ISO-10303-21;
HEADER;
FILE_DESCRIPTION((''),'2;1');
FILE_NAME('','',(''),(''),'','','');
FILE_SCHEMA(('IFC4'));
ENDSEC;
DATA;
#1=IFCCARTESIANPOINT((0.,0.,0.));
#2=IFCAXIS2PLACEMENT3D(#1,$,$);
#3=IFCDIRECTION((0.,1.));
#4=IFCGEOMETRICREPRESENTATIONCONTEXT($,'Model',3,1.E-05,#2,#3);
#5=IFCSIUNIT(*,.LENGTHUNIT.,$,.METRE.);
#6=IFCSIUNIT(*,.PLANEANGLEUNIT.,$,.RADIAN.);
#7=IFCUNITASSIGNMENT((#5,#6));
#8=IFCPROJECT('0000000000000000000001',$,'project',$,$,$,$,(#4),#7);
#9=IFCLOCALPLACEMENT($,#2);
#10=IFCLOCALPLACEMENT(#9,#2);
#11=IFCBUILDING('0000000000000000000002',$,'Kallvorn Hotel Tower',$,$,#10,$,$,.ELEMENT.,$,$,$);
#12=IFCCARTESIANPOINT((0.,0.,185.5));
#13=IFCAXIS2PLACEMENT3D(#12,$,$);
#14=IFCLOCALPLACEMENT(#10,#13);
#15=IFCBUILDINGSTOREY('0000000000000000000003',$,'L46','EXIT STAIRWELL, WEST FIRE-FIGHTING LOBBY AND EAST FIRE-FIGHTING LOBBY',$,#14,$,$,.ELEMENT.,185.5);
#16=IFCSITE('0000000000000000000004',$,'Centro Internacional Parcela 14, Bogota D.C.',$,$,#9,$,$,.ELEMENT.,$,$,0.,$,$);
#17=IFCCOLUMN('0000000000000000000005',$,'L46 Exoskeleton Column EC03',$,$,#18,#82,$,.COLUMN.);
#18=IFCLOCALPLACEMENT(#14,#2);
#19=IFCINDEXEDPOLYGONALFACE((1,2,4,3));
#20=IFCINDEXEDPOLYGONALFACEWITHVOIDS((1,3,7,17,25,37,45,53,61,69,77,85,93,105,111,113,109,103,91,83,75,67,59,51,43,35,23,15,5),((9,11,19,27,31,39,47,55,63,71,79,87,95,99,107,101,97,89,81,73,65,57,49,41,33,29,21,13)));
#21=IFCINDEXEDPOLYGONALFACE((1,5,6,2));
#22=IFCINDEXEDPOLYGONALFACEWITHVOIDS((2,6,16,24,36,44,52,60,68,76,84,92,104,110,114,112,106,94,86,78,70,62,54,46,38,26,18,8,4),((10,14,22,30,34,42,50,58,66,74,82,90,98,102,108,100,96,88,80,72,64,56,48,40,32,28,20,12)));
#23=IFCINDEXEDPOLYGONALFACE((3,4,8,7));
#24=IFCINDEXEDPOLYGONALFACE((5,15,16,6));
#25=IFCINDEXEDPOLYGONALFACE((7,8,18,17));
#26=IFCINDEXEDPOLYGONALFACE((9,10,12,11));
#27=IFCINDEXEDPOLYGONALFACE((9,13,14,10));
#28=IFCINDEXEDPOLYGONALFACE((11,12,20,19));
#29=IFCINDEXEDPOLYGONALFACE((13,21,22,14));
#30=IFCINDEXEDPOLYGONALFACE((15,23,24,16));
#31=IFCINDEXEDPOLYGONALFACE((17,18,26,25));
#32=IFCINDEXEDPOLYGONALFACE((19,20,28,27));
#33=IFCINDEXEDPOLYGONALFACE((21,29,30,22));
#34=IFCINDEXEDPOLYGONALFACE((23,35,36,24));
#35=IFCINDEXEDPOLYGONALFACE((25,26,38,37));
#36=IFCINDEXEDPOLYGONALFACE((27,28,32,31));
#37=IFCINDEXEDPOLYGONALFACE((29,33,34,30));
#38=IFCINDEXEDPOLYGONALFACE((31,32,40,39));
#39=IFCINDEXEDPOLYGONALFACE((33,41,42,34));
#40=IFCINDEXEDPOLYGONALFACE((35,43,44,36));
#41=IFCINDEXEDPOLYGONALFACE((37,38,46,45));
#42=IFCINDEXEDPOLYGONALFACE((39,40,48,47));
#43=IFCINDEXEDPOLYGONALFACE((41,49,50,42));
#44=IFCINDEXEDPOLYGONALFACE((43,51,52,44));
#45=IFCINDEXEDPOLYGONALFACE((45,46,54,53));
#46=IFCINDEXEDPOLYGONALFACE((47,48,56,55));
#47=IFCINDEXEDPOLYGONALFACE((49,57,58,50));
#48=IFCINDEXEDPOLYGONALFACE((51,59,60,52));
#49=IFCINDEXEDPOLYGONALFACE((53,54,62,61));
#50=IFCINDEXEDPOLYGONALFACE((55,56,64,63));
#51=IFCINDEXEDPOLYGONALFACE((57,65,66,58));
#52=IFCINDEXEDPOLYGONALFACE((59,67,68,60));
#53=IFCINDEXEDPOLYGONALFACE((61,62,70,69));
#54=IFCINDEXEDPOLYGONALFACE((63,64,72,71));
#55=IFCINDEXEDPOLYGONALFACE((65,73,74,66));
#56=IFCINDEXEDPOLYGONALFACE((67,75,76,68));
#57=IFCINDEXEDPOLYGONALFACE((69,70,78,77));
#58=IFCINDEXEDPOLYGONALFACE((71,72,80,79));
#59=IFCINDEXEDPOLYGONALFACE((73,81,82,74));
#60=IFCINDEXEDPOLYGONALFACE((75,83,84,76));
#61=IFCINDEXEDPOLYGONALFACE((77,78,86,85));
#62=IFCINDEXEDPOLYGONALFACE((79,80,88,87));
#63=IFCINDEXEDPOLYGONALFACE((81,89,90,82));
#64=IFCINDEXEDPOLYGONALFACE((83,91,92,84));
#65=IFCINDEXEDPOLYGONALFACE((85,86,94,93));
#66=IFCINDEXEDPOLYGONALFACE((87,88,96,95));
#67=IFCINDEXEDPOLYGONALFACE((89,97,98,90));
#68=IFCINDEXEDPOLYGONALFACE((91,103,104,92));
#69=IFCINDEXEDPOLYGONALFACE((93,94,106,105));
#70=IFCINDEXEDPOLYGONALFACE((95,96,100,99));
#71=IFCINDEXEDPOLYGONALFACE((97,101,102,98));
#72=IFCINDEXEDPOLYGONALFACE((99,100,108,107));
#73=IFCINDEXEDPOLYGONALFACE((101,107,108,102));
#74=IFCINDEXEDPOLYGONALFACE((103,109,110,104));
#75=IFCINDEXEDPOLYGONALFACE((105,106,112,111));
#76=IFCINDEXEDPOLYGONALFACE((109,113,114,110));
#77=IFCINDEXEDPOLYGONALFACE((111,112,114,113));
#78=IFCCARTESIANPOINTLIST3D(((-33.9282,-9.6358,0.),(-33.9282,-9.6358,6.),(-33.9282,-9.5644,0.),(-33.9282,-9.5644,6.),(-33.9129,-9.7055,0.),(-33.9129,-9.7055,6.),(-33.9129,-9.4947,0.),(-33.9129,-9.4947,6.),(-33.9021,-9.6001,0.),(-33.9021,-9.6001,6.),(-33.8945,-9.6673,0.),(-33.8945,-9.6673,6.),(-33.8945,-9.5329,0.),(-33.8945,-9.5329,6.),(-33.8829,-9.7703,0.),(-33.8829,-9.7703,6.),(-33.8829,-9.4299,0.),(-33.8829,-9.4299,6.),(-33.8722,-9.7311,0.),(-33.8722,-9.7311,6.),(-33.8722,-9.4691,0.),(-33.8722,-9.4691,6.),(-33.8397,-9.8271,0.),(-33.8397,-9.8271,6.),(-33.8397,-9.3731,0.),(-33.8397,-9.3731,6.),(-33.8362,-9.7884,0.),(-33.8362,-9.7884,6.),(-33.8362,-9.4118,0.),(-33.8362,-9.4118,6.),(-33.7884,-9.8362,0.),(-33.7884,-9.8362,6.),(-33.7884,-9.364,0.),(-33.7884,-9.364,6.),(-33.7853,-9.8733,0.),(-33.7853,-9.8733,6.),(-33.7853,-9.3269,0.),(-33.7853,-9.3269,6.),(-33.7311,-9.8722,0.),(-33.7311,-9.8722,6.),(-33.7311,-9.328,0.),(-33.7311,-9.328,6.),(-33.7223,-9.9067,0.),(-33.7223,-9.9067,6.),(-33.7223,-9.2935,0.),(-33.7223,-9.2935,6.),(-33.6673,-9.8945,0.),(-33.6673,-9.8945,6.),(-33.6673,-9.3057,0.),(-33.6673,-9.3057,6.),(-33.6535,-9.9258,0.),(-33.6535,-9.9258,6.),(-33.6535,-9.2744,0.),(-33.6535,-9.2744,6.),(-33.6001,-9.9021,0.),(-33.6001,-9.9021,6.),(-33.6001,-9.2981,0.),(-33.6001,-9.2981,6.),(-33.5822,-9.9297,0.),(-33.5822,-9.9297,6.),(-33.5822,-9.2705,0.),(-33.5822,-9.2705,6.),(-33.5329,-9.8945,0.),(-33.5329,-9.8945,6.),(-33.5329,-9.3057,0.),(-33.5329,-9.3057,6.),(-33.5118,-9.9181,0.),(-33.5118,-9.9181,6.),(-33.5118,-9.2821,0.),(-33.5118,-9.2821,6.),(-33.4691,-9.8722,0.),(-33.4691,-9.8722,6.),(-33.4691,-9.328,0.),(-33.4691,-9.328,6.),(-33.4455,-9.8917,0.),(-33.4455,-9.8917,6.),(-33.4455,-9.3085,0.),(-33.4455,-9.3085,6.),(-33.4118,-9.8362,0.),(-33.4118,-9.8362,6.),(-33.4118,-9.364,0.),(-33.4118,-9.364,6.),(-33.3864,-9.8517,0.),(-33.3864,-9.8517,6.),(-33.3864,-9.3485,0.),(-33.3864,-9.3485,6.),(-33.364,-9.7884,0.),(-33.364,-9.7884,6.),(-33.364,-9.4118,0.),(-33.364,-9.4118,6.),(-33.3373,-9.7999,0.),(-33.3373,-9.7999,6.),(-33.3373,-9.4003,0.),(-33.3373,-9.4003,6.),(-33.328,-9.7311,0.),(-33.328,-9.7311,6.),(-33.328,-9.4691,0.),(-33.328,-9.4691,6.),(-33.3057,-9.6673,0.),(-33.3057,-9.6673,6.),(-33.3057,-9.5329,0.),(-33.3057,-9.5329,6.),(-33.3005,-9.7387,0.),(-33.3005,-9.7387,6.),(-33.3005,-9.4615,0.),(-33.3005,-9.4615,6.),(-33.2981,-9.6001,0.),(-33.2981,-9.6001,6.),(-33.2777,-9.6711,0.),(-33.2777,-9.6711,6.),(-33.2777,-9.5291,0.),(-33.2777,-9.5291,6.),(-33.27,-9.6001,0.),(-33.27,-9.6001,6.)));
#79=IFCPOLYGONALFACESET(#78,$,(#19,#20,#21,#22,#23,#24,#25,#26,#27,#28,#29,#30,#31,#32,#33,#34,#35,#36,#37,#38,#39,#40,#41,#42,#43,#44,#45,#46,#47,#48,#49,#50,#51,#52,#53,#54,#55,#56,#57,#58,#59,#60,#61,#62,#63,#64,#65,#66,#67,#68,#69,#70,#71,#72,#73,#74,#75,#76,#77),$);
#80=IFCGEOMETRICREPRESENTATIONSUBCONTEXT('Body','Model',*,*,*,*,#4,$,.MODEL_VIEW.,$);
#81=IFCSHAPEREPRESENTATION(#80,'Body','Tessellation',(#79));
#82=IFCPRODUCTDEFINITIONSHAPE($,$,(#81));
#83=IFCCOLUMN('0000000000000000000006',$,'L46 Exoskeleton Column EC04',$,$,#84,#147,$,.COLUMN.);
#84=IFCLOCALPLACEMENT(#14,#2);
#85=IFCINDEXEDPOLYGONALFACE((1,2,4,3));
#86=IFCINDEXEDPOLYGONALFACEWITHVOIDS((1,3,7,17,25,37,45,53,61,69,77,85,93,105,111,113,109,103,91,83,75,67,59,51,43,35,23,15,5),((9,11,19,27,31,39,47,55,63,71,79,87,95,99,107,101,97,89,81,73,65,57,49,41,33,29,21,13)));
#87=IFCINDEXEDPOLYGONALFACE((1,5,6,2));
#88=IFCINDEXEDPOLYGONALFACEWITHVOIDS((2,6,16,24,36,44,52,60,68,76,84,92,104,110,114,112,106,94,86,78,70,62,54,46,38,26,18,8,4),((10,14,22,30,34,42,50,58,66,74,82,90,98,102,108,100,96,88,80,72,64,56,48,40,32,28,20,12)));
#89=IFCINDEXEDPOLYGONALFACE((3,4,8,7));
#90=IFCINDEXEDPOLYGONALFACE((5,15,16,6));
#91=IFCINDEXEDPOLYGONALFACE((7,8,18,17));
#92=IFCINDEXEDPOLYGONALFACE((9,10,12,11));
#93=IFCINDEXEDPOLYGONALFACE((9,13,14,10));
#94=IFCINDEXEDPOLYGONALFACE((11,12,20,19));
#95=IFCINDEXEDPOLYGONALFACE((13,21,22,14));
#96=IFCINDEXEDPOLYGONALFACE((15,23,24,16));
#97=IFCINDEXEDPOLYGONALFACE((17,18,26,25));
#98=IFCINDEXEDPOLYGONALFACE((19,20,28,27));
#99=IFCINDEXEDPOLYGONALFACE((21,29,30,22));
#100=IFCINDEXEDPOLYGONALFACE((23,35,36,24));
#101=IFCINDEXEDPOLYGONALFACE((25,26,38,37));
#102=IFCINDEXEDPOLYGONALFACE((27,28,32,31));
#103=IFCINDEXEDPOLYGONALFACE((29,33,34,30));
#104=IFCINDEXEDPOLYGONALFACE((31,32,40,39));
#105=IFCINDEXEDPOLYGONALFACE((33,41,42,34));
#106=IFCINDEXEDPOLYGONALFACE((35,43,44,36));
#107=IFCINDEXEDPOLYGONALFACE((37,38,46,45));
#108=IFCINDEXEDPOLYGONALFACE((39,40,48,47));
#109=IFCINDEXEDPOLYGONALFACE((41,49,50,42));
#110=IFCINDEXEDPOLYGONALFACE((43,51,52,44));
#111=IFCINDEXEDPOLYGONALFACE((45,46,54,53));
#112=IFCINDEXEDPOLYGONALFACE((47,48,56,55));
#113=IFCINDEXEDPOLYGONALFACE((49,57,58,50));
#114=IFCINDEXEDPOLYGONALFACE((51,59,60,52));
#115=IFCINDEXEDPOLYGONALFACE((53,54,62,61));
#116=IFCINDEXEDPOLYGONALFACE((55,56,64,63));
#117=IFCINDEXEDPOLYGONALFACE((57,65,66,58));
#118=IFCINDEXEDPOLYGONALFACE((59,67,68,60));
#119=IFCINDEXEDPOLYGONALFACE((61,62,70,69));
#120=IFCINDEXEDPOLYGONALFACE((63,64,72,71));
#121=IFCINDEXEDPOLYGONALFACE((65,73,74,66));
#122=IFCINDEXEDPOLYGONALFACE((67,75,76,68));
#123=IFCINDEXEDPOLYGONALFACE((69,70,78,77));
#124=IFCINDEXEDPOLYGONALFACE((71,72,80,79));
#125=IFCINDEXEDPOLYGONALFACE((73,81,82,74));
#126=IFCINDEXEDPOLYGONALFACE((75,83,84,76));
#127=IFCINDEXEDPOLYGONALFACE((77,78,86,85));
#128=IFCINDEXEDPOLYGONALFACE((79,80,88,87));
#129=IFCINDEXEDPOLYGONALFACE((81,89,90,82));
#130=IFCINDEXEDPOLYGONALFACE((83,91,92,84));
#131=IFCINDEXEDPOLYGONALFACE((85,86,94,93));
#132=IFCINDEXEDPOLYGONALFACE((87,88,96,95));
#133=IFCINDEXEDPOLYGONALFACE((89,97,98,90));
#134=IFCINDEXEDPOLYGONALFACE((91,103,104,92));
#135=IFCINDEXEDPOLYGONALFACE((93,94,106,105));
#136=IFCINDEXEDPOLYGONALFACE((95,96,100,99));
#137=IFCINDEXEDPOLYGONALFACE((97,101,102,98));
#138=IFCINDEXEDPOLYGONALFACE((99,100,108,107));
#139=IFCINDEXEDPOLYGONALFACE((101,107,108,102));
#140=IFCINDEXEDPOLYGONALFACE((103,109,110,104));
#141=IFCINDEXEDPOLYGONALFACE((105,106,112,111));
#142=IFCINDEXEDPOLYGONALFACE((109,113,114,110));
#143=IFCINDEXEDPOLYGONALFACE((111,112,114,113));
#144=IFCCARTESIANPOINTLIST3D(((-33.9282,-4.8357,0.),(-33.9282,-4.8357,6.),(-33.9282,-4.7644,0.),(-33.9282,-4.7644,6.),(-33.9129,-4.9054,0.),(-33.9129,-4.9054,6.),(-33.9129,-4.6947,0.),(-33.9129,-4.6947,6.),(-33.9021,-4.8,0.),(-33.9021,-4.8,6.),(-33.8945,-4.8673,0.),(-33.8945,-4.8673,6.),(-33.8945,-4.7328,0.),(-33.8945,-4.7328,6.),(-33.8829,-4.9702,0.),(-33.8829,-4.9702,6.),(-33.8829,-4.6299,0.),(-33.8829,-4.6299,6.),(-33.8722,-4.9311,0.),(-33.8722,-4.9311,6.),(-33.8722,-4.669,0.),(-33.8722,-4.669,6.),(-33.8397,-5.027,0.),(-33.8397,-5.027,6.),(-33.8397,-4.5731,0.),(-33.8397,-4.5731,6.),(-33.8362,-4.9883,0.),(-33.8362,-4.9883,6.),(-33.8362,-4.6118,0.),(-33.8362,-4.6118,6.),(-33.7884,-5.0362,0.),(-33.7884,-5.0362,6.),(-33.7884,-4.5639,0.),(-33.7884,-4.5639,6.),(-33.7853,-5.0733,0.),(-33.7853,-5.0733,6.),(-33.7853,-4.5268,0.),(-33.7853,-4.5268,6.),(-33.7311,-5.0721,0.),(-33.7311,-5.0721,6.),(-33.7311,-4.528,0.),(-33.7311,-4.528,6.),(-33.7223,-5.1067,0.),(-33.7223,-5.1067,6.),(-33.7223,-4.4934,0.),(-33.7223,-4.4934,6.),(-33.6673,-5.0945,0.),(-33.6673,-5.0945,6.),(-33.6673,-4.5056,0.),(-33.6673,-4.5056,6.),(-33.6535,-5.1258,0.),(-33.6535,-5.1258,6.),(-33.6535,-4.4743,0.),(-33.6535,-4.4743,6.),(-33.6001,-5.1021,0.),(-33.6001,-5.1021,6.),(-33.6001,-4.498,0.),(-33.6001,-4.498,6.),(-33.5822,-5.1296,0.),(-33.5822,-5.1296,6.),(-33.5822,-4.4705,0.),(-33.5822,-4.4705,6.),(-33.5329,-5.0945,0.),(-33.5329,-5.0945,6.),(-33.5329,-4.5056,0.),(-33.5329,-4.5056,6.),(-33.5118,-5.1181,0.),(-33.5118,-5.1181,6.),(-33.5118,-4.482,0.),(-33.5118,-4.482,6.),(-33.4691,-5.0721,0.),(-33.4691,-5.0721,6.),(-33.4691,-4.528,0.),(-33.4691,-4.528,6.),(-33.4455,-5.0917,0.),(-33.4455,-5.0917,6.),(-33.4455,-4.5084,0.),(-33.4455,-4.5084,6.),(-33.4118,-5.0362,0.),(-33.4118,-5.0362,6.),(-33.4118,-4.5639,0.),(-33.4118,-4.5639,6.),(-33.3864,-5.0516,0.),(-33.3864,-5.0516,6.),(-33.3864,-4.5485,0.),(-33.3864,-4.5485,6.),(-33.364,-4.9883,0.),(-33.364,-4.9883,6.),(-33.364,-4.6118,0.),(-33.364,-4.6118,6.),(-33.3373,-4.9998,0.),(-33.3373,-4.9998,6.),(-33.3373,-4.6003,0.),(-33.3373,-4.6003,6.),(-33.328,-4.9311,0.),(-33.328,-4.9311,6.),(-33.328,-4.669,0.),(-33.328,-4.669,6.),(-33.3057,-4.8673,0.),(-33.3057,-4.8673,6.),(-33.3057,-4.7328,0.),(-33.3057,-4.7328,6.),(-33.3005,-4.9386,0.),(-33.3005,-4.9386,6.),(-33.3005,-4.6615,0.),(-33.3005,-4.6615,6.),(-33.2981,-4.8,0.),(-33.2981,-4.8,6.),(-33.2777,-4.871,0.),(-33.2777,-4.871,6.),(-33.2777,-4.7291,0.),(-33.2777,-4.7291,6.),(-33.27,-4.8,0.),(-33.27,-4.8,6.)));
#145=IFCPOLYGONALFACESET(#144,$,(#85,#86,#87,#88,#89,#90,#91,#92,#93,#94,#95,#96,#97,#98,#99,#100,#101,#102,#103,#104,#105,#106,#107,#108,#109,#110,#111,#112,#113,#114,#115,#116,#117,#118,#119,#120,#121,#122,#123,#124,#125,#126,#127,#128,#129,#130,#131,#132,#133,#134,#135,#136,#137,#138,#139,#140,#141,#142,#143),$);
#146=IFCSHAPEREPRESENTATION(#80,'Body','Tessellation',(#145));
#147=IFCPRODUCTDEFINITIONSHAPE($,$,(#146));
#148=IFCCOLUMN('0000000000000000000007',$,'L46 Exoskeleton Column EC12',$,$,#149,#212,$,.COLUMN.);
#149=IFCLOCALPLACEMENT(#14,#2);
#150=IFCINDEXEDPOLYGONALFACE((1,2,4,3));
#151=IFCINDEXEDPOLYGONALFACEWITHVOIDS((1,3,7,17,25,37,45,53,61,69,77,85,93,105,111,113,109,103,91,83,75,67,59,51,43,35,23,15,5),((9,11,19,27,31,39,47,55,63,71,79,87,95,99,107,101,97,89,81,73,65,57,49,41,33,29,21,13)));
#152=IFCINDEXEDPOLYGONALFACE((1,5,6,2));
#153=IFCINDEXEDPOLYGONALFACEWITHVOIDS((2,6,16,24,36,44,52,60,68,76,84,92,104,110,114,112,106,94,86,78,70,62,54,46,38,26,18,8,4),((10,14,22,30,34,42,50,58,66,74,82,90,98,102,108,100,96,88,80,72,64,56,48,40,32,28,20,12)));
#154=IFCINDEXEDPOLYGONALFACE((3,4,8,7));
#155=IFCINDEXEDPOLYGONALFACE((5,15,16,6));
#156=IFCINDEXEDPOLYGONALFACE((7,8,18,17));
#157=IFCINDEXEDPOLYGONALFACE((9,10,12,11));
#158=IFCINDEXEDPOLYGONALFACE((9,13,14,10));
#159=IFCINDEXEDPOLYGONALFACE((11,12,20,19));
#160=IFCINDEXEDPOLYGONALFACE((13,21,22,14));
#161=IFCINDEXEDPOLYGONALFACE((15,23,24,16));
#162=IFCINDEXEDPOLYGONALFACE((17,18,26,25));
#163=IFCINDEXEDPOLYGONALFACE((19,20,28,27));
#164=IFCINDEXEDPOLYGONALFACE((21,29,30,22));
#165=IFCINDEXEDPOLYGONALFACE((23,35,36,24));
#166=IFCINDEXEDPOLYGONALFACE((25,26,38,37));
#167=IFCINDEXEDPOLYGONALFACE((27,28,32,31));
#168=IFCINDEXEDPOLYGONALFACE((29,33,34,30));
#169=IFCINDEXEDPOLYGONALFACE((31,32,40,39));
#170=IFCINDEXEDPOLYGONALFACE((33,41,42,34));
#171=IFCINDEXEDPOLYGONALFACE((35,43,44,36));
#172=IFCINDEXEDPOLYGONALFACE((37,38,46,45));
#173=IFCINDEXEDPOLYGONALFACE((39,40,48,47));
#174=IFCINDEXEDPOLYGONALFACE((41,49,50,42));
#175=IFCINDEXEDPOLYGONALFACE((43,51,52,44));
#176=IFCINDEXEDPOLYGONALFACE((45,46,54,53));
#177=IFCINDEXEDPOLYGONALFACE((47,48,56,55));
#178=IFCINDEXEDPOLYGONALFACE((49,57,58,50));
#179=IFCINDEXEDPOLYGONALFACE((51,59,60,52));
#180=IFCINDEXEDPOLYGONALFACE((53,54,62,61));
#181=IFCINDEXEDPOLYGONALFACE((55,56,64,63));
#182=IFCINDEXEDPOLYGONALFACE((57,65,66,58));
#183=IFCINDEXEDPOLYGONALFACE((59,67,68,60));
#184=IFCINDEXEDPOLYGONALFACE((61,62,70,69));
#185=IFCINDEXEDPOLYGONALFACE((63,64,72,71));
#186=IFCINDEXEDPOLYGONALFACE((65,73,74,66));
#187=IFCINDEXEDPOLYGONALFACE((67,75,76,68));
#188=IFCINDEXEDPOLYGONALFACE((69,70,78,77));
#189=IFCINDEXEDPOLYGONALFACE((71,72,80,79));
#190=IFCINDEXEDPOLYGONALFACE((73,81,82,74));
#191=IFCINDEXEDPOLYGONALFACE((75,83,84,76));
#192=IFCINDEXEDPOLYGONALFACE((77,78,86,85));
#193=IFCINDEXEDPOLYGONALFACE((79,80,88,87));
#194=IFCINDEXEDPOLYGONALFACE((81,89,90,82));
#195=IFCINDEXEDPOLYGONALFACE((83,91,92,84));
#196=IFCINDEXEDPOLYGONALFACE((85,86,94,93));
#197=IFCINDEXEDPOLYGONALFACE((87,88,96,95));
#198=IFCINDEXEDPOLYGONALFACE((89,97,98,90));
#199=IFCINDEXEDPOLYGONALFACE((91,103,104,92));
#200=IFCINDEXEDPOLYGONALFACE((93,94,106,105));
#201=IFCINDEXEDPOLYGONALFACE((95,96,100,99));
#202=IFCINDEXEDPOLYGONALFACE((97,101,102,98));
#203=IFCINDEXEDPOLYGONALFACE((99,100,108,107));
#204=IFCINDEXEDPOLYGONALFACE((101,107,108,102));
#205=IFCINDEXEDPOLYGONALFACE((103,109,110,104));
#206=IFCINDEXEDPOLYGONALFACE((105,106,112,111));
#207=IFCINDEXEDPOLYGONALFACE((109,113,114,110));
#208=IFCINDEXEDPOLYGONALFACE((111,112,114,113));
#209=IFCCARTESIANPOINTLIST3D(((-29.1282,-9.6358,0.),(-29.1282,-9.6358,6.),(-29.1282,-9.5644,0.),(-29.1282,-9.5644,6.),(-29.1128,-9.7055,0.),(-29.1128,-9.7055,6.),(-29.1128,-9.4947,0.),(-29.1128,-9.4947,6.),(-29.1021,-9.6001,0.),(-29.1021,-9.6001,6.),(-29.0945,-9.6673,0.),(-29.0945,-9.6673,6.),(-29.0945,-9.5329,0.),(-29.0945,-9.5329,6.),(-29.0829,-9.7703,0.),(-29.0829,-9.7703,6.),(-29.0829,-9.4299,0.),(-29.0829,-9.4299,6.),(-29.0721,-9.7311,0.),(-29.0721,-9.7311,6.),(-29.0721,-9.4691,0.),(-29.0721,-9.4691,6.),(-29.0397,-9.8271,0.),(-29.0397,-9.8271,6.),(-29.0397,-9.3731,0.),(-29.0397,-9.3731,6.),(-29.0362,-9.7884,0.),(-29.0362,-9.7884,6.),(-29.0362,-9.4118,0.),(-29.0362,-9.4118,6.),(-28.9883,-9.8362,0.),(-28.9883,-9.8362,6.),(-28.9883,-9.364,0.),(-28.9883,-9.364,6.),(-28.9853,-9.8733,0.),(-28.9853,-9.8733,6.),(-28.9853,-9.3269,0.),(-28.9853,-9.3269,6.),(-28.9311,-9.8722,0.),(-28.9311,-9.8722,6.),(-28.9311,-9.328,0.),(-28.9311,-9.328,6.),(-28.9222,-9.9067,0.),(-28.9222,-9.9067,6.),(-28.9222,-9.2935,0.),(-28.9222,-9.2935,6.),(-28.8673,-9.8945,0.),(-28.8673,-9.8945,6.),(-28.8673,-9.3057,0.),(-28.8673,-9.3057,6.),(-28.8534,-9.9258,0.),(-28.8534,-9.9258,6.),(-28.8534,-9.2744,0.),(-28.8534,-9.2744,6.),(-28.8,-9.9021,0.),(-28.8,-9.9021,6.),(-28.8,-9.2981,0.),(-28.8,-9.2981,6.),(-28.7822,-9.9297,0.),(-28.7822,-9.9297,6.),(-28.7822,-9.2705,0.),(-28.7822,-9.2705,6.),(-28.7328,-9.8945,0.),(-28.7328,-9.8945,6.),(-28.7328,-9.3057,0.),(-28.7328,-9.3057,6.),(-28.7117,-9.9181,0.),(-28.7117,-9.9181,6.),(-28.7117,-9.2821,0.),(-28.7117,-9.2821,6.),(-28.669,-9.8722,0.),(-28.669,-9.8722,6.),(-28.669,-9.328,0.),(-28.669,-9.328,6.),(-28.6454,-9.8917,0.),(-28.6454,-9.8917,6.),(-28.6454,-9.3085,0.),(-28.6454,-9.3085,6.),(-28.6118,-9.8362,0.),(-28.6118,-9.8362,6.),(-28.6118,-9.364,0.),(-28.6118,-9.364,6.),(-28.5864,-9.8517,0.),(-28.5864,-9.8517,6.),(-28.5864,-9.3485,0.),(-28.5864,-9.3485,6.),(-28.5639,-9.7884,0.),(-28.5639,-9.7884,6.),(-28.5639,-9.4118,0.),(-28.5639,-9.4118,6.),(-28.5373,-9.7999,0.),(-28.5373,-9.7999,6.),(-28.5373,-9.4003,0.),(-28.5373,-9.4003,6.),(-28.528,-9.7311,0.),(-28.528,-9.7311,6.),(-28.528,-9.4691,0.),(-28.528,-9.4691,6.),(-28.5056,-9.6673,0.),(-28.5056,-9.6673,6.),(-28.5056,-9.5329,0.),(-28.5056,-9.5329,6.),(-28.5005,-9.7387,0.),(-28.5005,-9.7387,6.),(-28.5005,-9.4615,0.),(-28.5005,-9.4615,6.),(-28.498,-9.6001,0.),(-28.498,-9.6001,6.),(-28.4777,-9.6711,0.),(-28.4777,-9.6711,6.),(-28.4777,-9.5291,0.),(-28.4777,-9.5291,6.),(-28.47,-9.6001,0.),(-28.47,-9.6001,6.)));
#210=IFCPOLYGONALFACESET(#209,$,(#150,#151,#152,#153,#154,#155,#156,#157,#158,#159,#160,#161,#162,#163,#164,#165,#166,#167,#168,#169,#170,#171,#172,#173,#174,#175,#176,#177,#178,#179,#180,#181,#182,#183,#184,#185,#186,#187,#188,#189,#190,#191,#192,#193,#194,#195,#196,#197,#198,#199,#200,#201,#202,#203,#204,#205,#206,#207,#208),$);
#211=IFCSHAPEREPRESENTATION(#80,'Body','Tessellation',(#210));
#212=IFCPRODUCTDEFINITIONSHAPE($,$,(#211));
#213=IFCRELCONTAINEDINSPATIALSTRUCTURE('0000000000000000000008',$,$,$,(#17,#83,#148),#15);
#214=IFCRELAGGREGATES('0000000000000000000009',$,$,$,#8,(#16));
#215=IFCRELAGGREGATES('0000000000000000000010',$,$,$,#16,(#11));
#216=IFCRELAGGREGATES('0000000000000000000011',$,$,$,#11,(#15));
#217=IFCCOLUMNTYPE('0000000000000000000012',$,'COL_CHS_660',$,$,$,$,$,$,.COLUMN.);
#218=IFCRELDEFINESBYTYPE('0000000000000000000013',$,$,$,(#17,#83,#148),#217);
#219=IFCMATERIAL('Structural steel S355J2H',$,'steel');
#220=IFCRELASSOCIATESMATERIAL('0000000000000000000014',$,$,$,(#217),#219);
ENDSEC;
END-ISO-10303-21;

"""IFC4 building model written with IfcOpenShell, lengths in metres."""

from ifc_helpers import new_model, si_unit, direction, frame, origin, origin_2d, place, context, subcontext, project, spatial, hollow_circle, extrude, material, material_profile, profile_set, type_object, element, save


model = new_model("IFC4")

# Units and contexts
model_context = context("Model", 3, precision=1e-05, world=origin(), true_north=direction((0.0, 1.0)))
body_context = subcontext(model_context, "Body", "Model", "MODEL_VIEW")
ifc_project = project(units=[si_unit("LENGTHUNIT", "METRE"), si_unit("PLANEANGLEUNIT", "RADIAN")], contexts=[model_context])

# Site, building, storey
site_placement = place(None, origin())
site = spatial("IfcSite", under=ifc_project, at=site_placement, Name="Centro Internacional Parcela 14, Bogota D.C.", CompositionType="ELEMENT", RefElevation=0.0)
building_placement = place(site_placement, origin())
building = spatial("IfcBuilding", under=site, at=building_placement, Name="Kallvorn Hotel Tower", CompositionType="ELEMENT")
storey_placement = place(building_placement, frame((0.0, 0.0, 185.5)))
storey = spatial("IfcBuildingStorey", under=building, at=storey_placement, Name="L46", Description="EXIT STAIRWELL, WEST FIRE-FIGHTING LOBBY AND EAST FIRE-FIGHTING LOBBY", CompositionType="ELEMENT", Elevation=185.5)

# Columns
ifc_material_1 = material(Name="Structural steel S355J2H", Category="steel")
ifc_material_profile_1 = material_profile(ifc_material_1, hollow_circle(Radius=0.3301, WallThickness=0.0281, at=origin_2d()), Name="CHS 660x28")
ifc_profile_set_1 = profile_set([ifc_material_profile_1], Name="Structural steel S355J2H")
column_type_1 = type_object("IfcColumnType", Name="COL_CHS_660", PredefinedType="COLUMN", material=ifc_profile_set_1)
for number, where, z_axis, x_axis, name in (
    (1, (-33.6001, -9.6001, 0.0), (0.0, 0.0, 1.0), (1.0, 0.0, 0.0), "L46 Exoskeleton Column EC03"),
    (2, (-33.6001, -4.8, 0.0), (0.0, 0.0, 1.0), (1.0, 0.0, 0.0), "L46 Exoskeleton Column EC04"),
    (3, (-28.8, -9.6001, 0.0), (0.0, 0.0, 1.0), (1.0, 0.0, 0.0), "L46 Exoskeleton Column EC12"),
):
    element("IfcColumn", number, at=place(storey_placement, frame(where, z_axis=z_axis, x_axis=x_axis)), inside=storey, type_object=column_type_1, Name=name, PredefinedType="COLUMN", context=body_context, shape_type="SweptSolid", body=[
        extrude(hollow_circle(Radius=0.3301, WallThickness=0.0281, at=origin_2d()), origin(), (0.0, 0.0, 1.0), 6.0),
    ])

save(model, "model.ifc")
